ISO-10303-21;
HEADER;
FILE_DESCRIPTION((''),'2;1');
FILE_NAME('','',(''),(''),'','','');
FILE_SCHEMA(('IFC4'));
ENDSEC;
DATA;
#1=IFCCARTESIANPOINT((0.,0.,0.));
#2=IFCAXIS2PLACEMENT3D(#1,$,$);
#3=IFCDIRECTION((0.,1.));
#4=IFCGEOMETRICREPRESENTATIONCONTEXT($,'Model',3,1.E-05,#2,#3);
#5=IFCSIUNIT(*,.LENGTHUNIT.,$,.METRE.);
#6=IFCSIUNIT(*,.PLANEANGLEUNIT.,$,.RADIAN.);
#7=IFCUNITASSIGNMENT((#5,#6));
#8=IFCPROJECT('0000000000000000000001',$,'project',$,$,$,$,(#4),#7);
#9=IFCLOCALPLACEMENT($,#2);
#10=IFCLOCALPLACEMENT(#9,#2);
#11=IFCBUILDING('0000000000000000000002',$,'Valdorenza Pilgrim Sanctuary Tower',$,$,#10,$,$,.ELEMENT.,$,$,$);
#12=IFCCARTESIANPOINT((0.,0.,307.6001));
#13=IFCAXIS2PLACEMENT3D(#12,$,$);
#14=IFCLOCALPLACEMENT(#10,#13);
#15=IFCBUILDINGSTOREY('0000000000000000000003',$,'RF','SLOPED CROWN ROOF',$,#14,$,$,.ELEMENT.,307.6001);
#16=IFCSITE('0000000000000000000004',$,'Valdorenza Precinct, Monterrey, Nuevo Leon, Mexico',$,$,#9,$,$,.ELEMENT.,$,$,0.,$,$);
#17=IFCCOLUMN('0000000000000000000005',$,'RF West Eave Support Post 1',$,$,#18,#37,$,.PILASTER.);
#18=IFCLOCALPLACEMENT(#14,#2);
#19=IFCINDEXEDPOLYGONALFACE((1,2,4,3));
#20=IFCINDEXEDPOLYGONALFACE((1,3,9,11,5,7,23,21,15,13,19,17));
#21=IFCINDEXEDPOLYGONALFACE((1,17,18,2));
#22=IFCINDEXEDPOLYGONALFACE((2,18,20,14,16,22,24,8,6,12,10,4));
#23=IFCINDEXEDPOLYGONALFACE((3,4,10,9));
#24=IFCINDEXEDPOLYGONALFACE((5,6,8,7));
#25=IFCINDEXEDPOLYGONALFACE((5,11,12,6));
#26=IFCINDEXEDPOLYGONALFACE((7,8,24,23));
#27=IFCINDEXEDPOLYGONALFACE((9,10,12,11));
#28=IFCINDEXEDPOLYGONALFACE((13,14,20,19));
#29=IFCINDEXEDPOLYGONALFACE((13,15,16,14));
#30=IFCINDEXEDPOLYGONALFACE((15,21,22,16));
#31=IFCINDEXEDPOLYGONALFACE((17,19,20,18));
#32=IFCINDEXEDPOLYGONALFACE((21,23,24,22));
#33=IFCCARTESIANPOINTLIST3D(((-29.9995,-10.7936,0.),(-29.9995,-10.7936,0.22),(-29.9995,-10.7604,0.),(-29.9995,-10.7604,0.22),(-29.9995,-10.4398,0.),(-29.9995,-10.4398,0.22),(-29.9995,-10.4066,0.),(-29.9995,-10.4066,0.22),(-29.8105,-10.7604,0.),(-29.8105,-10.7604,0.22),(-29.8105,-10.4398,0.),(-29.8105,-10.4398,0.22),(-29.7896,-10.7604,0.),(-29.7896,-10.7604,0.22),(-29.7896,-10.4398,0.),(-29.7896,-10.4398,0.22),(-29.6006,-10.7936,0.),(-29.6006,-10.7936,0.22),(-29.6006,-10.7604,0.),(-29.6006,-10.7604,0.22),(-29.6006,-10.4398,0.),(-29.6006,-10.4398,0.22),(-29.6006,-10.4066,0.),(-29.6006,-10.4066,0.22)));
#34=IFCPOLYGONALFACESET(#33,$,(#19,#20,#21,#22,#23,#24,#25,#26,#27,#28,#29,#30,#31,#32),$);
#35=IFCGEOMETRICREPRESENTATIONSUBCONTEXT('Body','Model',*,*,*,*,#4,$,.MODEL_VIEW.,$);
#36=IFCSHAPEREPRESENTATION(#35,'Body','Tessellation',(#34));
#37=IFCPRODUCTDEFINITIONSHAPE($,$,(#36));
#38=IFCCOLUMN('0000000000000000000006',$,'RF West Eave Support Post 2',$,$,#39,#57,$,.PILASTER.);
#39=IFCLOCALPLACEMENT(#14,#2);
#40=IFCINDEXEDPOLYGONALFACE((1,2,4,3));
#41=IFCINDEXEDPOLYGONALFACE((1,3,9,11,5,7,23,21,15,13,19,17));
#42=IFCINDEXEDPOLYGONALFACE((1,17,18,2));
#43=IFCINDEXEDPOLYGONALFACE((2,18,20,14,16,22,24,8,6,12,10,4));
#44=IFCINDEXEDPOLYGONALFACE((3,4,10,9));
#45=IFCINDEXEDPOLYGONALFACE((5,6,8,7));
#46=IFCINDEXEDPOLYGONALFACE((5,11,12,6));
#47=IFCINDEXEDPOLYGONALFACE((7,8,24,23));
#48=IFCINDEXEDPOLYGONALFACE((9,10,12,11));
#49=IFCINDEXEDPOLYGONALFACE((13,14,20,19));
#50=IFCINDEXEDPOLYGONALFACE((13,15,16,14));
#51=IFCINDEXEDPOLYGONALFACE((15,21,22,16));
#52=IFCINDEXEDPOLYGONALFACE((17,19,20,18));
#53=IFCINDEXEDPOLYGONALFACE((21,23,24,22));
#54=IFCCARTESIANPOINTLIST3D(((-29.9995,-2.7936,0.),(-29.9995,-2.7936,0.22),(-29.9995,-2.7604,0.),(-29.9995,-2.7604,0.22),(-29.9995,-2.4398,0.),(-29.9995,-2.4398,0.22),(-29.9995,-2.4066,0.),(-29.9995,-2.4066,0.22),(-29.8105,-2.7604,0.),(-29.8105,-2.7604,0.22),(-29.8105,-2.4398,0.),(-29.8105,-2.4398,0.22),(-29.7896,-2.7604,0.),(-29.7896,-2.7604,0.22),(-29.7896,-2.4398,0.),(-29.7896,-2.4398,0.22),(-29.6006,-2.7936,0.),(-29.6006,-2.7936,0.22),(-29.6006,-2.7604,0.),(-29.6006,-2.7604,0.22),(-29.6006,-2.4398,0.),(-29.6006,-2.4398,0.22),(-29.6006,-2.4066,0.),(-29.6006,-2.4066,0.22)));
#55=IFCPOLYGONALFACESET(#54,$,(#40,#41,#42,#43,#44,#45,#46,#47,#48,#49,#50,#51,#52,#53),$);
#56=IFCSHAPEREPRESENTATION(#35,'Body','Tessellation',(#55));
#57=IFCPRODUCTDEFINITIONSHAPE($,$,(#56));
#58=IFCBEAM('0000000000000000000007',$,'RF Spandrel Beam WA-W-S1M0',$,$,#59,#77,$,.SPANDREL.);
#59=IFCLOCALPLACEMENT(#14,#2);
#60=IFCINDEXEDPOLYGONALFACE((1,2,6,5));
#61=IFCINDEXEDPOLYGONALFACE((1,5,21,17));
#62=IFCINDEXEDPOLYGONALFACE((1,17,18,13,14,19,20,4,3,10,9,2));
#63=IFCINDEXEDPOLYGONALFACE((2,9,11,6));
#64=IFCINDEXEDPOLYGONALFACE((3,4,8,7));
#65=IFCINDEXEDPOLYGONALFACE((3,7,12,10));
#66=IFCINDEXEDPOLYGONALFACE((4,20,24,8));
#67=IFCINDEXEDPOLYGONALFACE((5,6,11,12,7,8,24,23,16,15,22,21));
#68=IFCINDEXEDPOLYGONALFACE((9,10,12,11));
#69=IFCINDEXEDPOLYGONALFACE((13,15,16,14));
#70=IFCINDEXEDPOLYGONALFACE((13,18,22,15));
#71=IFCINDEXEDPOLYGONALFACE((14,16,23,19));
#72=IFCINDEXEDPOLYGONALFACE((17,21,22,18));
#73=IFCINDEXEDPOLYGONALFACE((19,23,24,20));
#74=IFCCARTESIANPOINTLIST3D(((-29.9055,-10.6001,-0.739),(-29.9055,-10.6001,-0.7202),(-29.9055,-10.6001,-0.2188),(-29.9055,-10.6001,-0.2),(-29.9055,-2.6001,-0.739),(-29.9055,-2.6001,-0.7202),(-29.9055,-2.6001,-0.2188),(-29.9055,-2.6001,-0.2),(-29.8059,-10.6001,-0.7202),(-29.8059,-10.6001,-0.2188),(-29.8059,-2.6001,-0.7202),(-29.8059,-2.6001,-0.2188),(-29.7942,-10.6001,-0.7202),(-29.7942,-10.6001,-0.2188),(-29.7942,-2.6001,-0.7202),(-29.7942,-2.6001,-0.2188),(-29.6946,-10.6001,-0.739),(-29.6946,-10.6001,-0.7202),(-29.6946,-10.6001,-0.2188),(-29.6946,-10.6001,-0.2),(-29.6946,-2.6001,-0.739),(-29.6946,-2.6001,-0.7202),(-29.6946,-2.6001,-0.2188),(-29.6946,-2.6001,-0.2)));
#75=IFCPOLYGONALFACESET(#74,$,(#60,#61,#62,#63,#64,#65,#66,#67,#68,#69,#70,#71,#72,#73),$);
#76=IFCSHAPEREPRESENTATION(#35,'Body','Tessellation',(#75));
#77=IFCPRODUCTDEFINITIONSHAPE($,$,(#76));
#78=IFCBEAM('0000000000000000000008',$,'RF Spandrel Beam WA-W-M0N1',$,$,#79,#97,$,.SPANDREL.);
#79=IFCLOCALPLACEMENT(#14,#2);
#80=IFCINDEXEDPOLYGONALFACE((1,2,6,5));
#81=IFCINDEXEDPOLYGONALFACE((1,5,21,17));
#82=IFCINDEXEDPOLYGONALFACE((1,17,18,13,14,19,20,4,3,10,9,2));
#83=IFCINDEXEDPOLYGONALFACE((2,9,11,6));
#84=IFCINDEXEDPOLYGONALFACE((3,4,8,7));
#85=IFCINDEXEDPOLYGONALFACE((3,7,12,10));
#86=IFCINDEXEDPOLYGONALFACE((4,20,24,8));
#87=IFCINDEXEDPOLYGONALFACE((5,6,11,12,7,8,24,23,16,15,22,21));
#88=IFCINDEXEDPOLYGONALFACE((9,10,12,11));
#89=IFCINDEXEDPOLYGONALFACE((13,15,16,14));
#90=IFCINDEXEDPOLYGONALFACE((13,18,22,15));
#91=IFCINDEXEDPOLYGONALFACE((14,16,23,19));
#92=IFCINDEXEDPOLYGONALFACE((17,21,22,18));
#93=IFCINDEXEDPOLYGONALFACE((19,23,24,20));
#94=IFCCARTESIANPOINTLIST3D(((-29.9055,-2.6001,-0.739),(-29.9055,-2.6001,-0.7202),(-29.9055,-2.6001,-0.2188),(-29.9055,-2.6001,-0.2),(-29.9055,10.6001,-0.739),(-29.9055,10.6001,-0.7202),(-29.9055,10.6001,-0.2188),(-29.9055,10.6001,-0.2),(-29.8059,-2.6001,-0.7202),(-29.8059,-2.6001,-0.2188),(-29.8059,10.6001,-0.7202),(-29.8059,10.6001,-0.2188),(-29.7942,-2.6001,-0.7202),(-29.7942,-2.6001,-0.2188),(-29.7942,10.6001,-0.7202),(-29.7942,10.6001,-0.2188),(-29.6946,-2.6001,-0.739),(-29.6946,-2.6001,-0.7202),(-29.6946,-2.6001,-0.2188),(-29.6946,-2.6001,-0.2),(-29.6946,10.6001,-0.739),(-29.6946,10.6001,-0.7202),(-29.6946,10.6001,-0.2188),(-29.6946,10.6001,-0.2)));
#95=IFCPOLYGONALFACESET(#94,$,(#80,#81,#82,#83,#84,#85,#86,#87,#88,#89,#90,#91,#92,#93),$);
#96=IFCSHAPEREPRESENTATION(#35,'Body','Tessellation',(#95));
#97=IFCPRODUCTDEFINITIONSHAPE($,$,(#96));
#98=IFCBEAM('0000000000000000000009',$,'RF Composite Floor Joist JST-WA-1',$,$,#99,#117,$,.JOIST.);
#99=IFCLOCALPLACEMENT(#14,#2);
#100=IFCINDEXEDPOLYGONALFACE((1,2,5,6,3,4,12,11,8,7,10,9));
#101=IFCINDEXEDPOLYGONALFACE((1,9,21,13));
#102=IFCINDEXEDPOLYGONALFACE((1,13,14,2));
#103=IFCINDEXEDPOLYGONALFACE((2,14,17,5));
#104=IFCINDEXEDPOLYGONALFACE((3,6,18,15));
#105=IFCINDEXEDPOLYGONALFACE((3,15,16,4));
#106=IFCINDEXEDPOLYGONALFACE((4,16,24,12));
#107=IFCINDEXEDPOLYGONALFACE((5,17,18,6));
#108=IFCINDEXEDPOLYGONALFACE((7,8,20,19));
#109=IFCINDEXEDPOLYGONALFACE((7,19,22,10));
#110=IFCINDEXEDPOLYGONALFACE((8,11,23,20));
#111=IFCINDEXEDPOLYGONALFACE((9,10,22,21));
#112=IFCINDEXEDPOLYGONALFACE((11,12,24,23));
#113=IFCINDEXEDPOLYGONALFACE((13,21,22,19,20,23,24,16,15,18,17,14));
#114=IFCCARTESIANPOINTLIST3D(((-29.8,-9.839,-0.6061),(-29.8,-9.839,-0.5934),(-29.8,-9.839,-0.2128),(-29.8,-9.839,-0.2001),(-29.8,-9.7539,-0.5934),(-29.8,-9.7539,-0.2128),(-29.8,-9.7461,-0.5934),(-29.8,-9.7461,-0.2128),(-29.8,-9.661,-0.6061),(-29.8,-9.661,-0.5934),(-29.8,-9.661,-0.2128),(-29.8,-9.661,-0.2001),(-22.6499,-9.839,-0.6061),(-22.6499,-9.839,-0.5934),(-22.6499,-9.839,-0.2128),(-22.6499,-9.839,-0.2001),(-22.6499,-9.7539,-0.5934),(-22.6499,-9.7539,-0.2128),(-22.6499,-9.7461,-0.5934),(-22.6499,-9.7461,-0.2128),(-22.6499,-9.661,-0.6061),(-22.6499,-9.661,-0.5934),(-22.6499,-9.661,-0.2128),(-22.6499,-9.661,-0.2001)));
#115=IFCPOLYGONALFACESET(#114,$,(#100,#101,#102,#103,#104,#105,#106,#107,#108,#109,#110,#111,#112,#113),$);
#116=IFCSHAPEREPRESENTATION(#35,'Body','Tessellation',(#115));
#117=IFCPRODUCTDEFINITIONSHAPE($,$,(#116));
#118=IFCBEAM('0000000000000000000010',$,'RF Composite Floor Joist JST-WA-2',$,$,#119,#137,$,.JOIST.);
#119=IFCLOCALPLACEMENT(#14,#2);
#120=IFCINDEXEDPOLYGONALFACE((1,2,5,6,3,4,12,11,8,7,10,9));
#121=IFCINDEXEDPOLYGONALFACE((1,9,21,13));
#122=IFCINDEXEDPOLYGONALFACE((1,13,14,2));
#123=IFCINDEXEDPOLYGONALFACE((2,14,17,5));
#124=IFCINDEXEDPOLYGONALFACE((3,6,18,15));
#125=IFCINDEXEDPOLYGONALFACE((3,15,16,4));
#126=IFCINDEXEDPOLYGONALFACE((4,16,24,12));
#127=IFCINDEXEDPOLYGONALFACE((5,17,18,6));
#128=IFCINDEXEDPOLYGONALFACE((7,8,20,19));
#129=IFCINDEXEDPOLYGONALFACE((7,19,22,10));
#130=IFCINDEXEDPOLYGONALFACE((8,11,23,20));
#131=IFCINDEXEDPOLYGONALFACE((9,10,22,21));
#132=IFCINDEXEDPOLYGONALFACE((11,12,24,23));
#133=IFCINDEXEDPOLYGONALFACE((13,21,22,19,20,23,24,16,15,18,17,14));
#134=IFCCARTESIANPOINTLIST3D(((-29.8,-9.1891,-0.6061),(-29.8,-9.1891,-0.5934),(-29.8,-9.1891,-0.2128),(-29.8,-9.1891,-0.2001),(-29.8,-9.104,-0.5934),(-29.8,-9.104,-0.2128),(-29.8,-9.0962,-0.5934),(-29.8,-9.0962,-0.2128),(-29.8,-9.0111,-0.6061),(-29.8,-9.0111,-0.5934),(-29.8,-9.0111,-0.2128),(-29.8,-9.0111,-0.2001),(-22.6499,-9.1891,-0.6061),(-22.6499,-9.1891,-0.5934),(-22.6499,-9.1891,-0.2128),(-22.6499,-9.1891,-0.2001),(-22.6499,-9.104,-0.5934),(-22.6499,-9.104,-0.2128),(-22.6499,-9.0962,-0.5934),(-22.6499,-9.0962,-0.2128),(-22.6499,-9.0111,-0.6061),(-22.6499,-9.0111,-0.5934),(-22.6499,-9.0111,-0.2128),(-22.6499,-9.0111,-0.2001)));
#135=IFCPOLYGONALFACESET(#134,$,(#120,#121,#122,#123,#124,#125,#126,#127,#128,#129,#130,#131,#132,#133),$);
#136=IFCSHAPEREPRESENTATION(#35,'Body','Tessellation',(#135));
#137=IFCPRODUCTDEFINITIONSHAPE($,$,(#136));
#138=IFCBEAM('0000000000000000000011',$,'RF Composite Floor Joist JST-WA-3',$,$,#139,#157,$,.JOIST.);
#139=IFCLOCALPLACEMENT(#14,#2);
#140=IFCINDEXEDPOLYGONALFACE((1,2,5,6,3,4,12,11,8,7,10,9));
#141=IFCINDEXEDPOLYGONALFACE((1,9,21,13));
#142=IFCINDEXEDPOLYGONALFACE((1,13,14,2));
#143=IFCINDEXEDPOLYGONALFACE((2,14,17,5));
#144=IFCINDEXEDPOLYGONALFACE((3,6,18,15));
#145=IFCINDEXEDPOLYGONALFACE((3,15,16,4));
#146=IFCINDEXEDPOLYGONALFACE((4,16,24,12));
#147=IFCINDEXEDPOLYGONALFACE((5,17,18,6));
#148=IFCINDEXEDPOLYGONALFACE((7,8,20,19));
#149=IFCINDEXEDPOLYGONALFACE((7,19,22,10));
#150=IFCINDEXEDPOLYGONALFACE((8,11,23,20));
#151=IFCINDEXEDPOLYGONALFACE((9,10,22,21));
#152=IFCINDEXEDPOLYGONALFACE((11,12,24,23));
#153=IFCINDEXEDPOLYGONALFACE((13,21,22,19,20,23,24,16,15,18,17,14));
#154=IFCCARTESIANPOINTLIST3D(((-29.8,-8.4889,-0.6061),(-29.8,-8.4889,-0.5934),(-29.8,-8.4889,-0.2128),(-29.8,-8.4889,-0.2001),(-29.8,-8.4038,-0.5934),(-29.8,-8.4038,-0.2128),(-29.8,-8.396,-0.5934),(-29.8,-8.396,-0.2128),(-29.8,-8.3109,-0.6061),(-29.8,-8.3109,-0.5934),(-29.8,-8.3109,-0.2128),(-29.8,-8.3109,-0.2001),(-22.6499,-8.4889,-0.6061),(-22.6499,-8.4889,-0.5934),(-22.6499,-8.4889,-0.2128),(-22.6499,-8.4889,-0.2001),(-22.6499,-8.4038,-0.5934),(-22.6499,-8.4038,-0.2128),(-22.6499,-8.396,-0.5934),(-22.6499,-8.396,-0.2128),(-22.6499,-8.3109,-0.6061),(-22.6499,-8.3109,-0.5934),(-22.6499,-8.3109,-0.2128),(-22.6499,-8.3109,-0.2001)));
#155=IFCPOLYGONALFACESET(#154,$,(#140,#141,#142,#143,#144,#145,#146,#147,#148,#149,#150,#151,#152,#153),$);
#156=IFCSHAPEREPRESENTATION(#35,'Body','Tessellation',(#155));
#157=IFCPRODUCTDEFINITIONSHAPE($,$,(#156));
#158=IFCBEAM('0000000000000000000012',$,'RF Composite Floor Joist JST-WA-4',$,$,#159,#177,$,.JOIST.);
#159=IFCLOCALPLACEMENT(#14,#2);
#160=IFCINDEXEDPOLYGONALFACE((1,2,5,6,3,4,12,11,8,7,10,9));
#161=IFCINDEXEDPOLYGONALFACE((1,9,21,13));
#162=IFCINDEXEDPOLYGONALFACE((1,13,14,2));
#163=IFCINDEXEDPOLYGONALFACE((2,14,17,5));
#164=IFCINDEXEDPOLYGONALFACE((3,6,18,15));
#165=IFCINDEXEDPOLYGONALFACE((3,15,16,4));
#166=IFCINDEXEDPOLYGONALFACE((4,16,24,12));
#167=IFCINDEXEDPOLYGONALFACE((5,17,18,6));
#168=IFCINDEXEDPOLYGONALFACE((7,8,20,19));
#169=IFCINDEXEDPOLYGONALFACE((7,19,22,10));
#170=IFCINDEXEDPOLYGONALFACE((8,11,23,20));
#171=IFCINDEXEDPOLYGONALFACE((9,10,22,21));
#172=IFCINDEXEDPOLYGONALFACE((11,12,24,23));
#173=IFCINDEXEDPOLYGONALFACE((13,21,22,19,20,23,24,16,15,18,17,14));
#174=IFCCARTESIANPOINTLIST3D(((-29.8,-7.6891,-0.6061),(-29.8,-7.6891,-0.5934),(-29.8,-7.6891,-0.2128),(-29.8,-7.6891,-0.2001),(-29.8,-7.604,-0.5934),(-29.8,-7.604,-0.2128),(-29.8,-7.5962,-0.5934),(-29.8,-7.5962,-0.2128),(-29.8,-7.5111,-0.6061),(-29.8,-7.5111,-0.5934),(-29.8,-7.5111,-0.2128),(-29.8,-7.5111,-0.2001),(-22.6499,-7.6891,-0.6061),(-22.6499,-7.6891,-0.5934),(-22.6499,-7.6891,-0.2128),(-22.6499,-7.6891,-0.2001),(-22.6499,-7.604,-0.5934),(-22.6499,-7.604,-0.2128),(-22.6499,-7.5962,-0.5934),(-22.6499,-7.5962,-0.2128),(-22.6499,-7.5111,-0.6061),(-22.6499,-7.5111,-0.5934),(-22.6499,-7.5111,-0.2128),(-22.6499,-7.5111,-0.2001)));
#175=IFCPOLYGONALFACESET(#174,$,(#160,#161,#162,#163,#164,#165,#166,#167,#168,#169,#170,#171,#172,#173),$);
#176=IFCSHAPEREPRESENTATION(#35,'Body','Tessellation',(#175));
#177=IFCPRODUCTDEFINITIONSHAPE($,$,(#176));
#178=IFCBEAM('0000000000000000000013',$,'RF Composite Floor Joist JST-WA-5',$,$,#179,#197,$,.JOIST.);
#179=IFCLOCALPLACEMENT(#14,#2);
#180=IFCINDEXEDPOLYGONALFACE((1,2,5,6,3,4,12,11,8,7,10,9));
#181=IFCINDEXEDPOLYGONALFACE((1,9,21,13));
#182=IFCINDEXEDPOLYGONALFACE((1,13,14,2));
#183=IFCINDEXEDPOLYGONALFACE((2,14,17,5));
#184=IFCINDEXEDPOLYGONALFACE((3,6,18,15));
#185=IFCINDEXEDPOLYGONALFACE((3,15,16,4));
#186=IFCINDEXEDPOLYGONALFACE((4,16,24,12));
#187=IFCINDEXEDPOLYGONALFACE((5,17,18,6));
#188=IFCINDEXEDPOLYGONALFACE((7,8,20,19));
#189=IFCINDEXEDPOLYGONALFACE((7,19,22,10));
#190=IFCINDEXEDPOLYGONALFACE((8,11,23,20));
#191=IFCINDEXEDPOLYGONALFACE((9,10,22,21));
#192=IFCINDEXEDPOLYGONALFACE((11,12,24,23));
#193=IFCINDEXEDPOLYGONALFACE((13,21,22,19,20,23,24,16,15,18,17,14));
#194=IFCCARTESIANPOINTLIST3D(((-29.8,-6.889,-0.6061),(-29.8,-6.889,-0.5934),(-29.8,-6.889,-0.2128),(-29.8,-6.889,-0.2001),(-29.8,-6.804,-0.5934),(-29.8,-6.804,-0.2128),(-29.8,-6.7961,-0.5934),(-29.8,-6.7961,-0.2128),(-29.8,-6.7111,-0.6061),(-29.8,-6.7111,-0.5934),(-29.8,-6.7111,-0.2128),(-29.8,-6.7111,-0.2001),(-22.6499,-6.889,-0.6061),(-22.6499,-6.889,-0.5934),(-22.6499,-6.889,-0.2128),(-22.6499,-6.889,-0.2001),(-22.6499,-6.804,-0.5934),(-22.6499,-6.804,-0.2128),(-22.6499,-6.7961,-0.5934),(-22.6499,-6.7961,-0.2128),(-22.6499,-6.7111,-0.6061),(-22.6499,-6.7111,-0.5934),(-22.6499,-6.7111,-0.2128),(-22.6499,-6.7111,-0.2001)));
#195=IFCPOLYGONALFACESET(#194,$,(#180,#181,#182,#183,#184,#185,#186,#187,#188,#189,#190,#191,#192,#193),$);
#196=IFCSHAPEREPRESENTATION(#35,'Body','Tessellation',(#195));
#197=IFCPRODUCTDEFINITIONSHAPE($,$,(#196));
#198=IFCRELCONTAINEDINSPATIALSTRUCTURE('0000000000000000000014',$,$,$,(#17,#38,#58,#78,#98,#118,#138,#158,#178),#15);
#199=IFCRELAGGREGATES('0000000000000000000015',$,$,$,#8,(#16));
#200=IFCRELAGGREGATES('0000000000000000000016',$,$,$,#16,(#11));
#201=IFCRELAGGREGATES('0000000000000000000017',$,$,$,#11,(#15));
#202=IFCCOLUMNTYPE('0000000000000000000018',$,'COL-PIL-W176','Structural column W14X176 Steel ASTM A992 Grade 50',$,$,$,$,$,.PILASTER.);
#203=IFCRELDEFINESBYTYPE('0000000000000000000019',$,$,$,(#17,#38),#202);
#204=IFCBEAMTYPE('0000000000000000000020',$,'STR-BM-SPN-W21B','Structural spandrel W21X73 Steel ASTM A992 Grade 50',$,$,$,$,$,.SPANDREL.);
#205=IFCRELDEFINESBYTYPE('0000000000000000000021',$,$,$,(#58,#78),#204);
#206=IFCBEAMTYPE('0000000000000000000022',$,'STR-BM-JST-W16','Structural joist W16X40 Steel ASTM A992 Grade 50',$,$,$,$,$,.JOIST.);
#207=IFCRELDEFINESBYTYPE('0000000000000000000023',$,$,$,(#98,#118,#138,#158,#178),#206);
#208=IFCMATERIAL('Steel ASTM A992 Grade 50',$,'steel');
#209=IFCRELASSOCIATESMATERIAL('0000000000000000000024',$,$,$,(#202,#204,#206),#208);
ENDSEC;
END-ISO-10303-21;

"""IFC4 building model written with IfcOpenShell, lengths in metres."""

from ifc_helpers import new_model, si_unit, direction, frame, origin, origin_2d, place, context, subcontext, project, spatial, i_section, extrude, source, transform, mapped, material, material_profile, profile_set, type_object, element, save


model = new_model("IFC4")

# Units and contexts
model_context = context("Model", 3, precision=1e-05, world=origin(), true_north=direction((0.0, 1.0)))
body_context = subcontext(model_context, "Body", "Model", "MODEL_VIEW")
ifc_project = project(units=[si_unit("LENGTHUNIT", "METRE"), si_unit("PLANEANGLEUNIT", "RADIAN")], contexts=[model_context])

# Site, building, storey
site_placement = place(None, origin())
site = spatial("IfcSite", under=ifc_project, at=site_placement, Name="Valdorenza Precinct, Monterrey, Nuevo Leon, Mexico", CompositionType="ELEMENT", RefElevation=0.0)
building_placement = place(site_placement, origin())
building = spatial("IfcBuilding", under=site, at=building_placement, Name="Valdorenza Pilgrim Sanctuary Tower", CompositionType="ELEMENT")
storey_placement = place(building_placement, frame((0.0, 0.0, 307.6001)))
storey = spatial("IfcBuildingStorey", under=building, at=storey_placement, Name="RF", Description="SLOPED CROWN ROOF", CompositionType="ELEMENT", Elevation=307.6001)

# Columns
ifc_material_1 = material(Name="Steel ASTM A992 Grade 50", Category="steel")
ifc_material_profile_1 = material_profile(ifc_material_1, i_section(OverallWidth=0.3989, OverallDepth=0.387, WebThickness=0.021, FlangeThickness=0.0332, at=origin_2d()), Name="W14X176")
ifc_profile_set_1 = profile_set([ifc_material_profile_1], Name="Steel ASTM A992 Grade 50")
column_type = type_object("IfcColumnType", Name="COL-PIL-W176", Description="Structural column W14X176 Steel ASTM A992 Grade 50", PredefinedType="PILASTER", material=ifc_profile_set_1)
shared_shape_1 = source(origin(), body_context, "Body", "SweptSolid", [
    extrude(i_section(OverallWidth=0.3989, OverallDepth=0.387, WebThickness=0.021, FlangeThickness=0.0332, at=origin_2d()), origin(), (0.0, 0.0, 1.0), 0.22),
])
for number, where, z_axis, x_axis, name in (
    (1, (-29.8, -10.6001, 0.0), (0.0, 0.0, 1.0), (1.0, 0.0, 0.0), "RF West Eave Support Post 1"),
    (2, (-29.8, -2.6001, 0.0), (0.0, 0.0, 1.0), (1.0, 0.0, 0.0), "RF West Eave Support Post 2"),
):
    element("IfcColumn", number, at=place(storey_placement, frame(where, z_axis=z_axis, x_axis=x_axis)), inside=storey, type_object=column_type, Name=name, PredefinedType="PILASTER", context=body_context, shape_type="MappedRepresentation", body=[
        mapped(shared_shape_1, transform((0.0, 0.0, 0.0), x_axis=(1.0, 0.0, 0.0), y_axis=(0.0, 1.0, 0.0), z_axis=(0.0, 0.0, 1.0), scale=1.0)),
    ])

# Beams
ifc_material_profile_2 = material_profile(ifc_material_1, i_section(OverallWidth=0.2109, OverallDepth=0.5391, WebThickness=0.0117, FlangeThickness=0.0188, at=origin_2d()), Name="W21X73")
ifc_profile_set_2 = profile_set([ifc_material_profile_2], Name="Steel ASTM A992 Grade 50")
beam_type_1 = type_object("IfcBeamType", Name="STR-BM-SPN-W21B", Description="Structural spandrel W21X73 Steel ASTM A992 Grade 50", PredefinedType="SPANDREL", material=ifc_profile_set_2)
shared_shape_2 = source(origin(), body_context, "Body", "SweptSolid", [
    extrude(i_section(OverallWidth=0.2109, OverallDepth=0.5391, WebThickness=0.0117, FlangeThickness=0.0188, at=origin_2d()), origin(), (0.0, 0.0, 1.0), 8.0),
])
beam_1_placement = place(storey_placement, frame((-29.8, -10.6001, -0.4695), z_axis=(0.0, 1.0, 0.0), x_axis=(-1.0, 0.0, 0.0)))
element("IfcBeam", 3, at=beam_1_placement, inside=storey, type_object=beam_type_1, Name="RF Spandrel Beam WA-W-S1M0", PredefinedType="SPANDREL", context=body_context, shape_type="MappedRepresentation", body=[
    mapped(shared_shape_2, transform((0.0, 0.0, 0.0), x_axis=(1.0, 0.0, 0.0), y_axis=(0.0, 1.0, 0.0), z_axis=(0.0, 0.0, 1.0), scale=1.0)),
])
shared_shape_3 = source(origin(), body_context, "Body", "SweptSolid", [
    extrude(i_section(OverallWidth=0.2109, OverallDepth=0.5391, WebThickness=0.0117, FlangeThickness=0.0188, at=origin_2d()), origin(), (0.0, 0.0, 1.0), 13.2002),
])
beam_2_placement = place(storey_placement, frame((-29.8, -2.6001, -0.4695), z_axis=(0.0, 1.0, 0.0), x_axis=(-1.0, 0.0, 0.0)))
element("IfcBeam", 4, at=beam_2_placement, inside=storey, type_object=beam_type_1, Name="RF Spandrel Beam WA-W-M0N1", PredefinedType="SPANDREL", context=body_context, shape_type="MappedRepresentation", body=[
    mapped(shared_shape_3, transform((0.0, 0.0, 0.0), x_axis=(1.0, 0.0, 0.0), y_axis=(0.0, 1.0, 0.0), z_axis=(0.0, 0.0, 1.0), scale=1.0)),
])
ifc_material_profile_3 = material_profile(ifc_material_1, i_section(OverallWidth=0.178, OverallDepth=0.406, WebThickness=0.0078, FlangeThickness=0.0127, at=origin_2d()), Name="W16X40")
ifc_profile_set_3 = profile_set([ifc_material_profile_3], Name="Steel ASTM A992 Grade 50")
beam_type_2 = type_object("IfcBeamType", Name="STR-BM-JST-W16", Description="Structural joist W16X40 Steel ASTM A992 Grade 50", PredefinedType="JOIST", material=ifc_profile_set_3)
shared_shape_4 = source(origin(), body_context, "Body", "SweptSolid", [
    extrude(i_section(OverallWidth=0.178, OverallDepth=0.406, WebThickness=0.0078, FlangeThickness=0.0127, at=origin_2d()), origin(), (0.0, 0.0, 1.0), 7.1501),
])
for number, where, z_axis, x_axis, name in (
    (5, (-29.8, -9.75, -0.4031), (1.0, 0.0, 0.0), (0.0, 1.0, 0.0), "RF Composite Floor Joist JST-WA-1"),
    (6, (-29.8, -9.1001, -0.4031), (1.0, 0.0, 0.0), (0.0, 1.0, 0.0), "RF Composite Floor Joist JST-WA-2"),
    (7, (-29.8, -8.3999, -0.4031), (1.0, 0.0, 0.0), (0.0, 1.0, 0.0), "RF Composite Floor Joist JST-WA-3"),
    (8, (-29.8, -7.6001, -0.4031), (1.0, 0.0, 0.0), (0.0, 1.0, 0.0), "RF Composite Floor Joist JST-WA-4"),
    (9, (-29.8, -6.8, -0.4031), (1.0, 0.0, 0.0), (0.0, 1.0, 0.0), "RF Composite Floor Joist JST-WA-5"),
):
    element("IfcBeam", number, at=place(storey_placement, frame(where, z_axis=z_axis, x_axis=x_axis)), inside=storey, type_object=beam_type_2, Name=name, PredefinedType="JOIST", context=body_context, shape_type="MappedRepresentation", body=[
        mapped(shared_shape_4, transform((0.0, 0.0, 0.0), x_axis=(1.0, 0.0, 0.0), y_axis=(0.0, 1.0, 0.0), z_axis=(0.0, 0.0, 1.0), scale=1.0)),
    ])

save(model, "model.ifc")
